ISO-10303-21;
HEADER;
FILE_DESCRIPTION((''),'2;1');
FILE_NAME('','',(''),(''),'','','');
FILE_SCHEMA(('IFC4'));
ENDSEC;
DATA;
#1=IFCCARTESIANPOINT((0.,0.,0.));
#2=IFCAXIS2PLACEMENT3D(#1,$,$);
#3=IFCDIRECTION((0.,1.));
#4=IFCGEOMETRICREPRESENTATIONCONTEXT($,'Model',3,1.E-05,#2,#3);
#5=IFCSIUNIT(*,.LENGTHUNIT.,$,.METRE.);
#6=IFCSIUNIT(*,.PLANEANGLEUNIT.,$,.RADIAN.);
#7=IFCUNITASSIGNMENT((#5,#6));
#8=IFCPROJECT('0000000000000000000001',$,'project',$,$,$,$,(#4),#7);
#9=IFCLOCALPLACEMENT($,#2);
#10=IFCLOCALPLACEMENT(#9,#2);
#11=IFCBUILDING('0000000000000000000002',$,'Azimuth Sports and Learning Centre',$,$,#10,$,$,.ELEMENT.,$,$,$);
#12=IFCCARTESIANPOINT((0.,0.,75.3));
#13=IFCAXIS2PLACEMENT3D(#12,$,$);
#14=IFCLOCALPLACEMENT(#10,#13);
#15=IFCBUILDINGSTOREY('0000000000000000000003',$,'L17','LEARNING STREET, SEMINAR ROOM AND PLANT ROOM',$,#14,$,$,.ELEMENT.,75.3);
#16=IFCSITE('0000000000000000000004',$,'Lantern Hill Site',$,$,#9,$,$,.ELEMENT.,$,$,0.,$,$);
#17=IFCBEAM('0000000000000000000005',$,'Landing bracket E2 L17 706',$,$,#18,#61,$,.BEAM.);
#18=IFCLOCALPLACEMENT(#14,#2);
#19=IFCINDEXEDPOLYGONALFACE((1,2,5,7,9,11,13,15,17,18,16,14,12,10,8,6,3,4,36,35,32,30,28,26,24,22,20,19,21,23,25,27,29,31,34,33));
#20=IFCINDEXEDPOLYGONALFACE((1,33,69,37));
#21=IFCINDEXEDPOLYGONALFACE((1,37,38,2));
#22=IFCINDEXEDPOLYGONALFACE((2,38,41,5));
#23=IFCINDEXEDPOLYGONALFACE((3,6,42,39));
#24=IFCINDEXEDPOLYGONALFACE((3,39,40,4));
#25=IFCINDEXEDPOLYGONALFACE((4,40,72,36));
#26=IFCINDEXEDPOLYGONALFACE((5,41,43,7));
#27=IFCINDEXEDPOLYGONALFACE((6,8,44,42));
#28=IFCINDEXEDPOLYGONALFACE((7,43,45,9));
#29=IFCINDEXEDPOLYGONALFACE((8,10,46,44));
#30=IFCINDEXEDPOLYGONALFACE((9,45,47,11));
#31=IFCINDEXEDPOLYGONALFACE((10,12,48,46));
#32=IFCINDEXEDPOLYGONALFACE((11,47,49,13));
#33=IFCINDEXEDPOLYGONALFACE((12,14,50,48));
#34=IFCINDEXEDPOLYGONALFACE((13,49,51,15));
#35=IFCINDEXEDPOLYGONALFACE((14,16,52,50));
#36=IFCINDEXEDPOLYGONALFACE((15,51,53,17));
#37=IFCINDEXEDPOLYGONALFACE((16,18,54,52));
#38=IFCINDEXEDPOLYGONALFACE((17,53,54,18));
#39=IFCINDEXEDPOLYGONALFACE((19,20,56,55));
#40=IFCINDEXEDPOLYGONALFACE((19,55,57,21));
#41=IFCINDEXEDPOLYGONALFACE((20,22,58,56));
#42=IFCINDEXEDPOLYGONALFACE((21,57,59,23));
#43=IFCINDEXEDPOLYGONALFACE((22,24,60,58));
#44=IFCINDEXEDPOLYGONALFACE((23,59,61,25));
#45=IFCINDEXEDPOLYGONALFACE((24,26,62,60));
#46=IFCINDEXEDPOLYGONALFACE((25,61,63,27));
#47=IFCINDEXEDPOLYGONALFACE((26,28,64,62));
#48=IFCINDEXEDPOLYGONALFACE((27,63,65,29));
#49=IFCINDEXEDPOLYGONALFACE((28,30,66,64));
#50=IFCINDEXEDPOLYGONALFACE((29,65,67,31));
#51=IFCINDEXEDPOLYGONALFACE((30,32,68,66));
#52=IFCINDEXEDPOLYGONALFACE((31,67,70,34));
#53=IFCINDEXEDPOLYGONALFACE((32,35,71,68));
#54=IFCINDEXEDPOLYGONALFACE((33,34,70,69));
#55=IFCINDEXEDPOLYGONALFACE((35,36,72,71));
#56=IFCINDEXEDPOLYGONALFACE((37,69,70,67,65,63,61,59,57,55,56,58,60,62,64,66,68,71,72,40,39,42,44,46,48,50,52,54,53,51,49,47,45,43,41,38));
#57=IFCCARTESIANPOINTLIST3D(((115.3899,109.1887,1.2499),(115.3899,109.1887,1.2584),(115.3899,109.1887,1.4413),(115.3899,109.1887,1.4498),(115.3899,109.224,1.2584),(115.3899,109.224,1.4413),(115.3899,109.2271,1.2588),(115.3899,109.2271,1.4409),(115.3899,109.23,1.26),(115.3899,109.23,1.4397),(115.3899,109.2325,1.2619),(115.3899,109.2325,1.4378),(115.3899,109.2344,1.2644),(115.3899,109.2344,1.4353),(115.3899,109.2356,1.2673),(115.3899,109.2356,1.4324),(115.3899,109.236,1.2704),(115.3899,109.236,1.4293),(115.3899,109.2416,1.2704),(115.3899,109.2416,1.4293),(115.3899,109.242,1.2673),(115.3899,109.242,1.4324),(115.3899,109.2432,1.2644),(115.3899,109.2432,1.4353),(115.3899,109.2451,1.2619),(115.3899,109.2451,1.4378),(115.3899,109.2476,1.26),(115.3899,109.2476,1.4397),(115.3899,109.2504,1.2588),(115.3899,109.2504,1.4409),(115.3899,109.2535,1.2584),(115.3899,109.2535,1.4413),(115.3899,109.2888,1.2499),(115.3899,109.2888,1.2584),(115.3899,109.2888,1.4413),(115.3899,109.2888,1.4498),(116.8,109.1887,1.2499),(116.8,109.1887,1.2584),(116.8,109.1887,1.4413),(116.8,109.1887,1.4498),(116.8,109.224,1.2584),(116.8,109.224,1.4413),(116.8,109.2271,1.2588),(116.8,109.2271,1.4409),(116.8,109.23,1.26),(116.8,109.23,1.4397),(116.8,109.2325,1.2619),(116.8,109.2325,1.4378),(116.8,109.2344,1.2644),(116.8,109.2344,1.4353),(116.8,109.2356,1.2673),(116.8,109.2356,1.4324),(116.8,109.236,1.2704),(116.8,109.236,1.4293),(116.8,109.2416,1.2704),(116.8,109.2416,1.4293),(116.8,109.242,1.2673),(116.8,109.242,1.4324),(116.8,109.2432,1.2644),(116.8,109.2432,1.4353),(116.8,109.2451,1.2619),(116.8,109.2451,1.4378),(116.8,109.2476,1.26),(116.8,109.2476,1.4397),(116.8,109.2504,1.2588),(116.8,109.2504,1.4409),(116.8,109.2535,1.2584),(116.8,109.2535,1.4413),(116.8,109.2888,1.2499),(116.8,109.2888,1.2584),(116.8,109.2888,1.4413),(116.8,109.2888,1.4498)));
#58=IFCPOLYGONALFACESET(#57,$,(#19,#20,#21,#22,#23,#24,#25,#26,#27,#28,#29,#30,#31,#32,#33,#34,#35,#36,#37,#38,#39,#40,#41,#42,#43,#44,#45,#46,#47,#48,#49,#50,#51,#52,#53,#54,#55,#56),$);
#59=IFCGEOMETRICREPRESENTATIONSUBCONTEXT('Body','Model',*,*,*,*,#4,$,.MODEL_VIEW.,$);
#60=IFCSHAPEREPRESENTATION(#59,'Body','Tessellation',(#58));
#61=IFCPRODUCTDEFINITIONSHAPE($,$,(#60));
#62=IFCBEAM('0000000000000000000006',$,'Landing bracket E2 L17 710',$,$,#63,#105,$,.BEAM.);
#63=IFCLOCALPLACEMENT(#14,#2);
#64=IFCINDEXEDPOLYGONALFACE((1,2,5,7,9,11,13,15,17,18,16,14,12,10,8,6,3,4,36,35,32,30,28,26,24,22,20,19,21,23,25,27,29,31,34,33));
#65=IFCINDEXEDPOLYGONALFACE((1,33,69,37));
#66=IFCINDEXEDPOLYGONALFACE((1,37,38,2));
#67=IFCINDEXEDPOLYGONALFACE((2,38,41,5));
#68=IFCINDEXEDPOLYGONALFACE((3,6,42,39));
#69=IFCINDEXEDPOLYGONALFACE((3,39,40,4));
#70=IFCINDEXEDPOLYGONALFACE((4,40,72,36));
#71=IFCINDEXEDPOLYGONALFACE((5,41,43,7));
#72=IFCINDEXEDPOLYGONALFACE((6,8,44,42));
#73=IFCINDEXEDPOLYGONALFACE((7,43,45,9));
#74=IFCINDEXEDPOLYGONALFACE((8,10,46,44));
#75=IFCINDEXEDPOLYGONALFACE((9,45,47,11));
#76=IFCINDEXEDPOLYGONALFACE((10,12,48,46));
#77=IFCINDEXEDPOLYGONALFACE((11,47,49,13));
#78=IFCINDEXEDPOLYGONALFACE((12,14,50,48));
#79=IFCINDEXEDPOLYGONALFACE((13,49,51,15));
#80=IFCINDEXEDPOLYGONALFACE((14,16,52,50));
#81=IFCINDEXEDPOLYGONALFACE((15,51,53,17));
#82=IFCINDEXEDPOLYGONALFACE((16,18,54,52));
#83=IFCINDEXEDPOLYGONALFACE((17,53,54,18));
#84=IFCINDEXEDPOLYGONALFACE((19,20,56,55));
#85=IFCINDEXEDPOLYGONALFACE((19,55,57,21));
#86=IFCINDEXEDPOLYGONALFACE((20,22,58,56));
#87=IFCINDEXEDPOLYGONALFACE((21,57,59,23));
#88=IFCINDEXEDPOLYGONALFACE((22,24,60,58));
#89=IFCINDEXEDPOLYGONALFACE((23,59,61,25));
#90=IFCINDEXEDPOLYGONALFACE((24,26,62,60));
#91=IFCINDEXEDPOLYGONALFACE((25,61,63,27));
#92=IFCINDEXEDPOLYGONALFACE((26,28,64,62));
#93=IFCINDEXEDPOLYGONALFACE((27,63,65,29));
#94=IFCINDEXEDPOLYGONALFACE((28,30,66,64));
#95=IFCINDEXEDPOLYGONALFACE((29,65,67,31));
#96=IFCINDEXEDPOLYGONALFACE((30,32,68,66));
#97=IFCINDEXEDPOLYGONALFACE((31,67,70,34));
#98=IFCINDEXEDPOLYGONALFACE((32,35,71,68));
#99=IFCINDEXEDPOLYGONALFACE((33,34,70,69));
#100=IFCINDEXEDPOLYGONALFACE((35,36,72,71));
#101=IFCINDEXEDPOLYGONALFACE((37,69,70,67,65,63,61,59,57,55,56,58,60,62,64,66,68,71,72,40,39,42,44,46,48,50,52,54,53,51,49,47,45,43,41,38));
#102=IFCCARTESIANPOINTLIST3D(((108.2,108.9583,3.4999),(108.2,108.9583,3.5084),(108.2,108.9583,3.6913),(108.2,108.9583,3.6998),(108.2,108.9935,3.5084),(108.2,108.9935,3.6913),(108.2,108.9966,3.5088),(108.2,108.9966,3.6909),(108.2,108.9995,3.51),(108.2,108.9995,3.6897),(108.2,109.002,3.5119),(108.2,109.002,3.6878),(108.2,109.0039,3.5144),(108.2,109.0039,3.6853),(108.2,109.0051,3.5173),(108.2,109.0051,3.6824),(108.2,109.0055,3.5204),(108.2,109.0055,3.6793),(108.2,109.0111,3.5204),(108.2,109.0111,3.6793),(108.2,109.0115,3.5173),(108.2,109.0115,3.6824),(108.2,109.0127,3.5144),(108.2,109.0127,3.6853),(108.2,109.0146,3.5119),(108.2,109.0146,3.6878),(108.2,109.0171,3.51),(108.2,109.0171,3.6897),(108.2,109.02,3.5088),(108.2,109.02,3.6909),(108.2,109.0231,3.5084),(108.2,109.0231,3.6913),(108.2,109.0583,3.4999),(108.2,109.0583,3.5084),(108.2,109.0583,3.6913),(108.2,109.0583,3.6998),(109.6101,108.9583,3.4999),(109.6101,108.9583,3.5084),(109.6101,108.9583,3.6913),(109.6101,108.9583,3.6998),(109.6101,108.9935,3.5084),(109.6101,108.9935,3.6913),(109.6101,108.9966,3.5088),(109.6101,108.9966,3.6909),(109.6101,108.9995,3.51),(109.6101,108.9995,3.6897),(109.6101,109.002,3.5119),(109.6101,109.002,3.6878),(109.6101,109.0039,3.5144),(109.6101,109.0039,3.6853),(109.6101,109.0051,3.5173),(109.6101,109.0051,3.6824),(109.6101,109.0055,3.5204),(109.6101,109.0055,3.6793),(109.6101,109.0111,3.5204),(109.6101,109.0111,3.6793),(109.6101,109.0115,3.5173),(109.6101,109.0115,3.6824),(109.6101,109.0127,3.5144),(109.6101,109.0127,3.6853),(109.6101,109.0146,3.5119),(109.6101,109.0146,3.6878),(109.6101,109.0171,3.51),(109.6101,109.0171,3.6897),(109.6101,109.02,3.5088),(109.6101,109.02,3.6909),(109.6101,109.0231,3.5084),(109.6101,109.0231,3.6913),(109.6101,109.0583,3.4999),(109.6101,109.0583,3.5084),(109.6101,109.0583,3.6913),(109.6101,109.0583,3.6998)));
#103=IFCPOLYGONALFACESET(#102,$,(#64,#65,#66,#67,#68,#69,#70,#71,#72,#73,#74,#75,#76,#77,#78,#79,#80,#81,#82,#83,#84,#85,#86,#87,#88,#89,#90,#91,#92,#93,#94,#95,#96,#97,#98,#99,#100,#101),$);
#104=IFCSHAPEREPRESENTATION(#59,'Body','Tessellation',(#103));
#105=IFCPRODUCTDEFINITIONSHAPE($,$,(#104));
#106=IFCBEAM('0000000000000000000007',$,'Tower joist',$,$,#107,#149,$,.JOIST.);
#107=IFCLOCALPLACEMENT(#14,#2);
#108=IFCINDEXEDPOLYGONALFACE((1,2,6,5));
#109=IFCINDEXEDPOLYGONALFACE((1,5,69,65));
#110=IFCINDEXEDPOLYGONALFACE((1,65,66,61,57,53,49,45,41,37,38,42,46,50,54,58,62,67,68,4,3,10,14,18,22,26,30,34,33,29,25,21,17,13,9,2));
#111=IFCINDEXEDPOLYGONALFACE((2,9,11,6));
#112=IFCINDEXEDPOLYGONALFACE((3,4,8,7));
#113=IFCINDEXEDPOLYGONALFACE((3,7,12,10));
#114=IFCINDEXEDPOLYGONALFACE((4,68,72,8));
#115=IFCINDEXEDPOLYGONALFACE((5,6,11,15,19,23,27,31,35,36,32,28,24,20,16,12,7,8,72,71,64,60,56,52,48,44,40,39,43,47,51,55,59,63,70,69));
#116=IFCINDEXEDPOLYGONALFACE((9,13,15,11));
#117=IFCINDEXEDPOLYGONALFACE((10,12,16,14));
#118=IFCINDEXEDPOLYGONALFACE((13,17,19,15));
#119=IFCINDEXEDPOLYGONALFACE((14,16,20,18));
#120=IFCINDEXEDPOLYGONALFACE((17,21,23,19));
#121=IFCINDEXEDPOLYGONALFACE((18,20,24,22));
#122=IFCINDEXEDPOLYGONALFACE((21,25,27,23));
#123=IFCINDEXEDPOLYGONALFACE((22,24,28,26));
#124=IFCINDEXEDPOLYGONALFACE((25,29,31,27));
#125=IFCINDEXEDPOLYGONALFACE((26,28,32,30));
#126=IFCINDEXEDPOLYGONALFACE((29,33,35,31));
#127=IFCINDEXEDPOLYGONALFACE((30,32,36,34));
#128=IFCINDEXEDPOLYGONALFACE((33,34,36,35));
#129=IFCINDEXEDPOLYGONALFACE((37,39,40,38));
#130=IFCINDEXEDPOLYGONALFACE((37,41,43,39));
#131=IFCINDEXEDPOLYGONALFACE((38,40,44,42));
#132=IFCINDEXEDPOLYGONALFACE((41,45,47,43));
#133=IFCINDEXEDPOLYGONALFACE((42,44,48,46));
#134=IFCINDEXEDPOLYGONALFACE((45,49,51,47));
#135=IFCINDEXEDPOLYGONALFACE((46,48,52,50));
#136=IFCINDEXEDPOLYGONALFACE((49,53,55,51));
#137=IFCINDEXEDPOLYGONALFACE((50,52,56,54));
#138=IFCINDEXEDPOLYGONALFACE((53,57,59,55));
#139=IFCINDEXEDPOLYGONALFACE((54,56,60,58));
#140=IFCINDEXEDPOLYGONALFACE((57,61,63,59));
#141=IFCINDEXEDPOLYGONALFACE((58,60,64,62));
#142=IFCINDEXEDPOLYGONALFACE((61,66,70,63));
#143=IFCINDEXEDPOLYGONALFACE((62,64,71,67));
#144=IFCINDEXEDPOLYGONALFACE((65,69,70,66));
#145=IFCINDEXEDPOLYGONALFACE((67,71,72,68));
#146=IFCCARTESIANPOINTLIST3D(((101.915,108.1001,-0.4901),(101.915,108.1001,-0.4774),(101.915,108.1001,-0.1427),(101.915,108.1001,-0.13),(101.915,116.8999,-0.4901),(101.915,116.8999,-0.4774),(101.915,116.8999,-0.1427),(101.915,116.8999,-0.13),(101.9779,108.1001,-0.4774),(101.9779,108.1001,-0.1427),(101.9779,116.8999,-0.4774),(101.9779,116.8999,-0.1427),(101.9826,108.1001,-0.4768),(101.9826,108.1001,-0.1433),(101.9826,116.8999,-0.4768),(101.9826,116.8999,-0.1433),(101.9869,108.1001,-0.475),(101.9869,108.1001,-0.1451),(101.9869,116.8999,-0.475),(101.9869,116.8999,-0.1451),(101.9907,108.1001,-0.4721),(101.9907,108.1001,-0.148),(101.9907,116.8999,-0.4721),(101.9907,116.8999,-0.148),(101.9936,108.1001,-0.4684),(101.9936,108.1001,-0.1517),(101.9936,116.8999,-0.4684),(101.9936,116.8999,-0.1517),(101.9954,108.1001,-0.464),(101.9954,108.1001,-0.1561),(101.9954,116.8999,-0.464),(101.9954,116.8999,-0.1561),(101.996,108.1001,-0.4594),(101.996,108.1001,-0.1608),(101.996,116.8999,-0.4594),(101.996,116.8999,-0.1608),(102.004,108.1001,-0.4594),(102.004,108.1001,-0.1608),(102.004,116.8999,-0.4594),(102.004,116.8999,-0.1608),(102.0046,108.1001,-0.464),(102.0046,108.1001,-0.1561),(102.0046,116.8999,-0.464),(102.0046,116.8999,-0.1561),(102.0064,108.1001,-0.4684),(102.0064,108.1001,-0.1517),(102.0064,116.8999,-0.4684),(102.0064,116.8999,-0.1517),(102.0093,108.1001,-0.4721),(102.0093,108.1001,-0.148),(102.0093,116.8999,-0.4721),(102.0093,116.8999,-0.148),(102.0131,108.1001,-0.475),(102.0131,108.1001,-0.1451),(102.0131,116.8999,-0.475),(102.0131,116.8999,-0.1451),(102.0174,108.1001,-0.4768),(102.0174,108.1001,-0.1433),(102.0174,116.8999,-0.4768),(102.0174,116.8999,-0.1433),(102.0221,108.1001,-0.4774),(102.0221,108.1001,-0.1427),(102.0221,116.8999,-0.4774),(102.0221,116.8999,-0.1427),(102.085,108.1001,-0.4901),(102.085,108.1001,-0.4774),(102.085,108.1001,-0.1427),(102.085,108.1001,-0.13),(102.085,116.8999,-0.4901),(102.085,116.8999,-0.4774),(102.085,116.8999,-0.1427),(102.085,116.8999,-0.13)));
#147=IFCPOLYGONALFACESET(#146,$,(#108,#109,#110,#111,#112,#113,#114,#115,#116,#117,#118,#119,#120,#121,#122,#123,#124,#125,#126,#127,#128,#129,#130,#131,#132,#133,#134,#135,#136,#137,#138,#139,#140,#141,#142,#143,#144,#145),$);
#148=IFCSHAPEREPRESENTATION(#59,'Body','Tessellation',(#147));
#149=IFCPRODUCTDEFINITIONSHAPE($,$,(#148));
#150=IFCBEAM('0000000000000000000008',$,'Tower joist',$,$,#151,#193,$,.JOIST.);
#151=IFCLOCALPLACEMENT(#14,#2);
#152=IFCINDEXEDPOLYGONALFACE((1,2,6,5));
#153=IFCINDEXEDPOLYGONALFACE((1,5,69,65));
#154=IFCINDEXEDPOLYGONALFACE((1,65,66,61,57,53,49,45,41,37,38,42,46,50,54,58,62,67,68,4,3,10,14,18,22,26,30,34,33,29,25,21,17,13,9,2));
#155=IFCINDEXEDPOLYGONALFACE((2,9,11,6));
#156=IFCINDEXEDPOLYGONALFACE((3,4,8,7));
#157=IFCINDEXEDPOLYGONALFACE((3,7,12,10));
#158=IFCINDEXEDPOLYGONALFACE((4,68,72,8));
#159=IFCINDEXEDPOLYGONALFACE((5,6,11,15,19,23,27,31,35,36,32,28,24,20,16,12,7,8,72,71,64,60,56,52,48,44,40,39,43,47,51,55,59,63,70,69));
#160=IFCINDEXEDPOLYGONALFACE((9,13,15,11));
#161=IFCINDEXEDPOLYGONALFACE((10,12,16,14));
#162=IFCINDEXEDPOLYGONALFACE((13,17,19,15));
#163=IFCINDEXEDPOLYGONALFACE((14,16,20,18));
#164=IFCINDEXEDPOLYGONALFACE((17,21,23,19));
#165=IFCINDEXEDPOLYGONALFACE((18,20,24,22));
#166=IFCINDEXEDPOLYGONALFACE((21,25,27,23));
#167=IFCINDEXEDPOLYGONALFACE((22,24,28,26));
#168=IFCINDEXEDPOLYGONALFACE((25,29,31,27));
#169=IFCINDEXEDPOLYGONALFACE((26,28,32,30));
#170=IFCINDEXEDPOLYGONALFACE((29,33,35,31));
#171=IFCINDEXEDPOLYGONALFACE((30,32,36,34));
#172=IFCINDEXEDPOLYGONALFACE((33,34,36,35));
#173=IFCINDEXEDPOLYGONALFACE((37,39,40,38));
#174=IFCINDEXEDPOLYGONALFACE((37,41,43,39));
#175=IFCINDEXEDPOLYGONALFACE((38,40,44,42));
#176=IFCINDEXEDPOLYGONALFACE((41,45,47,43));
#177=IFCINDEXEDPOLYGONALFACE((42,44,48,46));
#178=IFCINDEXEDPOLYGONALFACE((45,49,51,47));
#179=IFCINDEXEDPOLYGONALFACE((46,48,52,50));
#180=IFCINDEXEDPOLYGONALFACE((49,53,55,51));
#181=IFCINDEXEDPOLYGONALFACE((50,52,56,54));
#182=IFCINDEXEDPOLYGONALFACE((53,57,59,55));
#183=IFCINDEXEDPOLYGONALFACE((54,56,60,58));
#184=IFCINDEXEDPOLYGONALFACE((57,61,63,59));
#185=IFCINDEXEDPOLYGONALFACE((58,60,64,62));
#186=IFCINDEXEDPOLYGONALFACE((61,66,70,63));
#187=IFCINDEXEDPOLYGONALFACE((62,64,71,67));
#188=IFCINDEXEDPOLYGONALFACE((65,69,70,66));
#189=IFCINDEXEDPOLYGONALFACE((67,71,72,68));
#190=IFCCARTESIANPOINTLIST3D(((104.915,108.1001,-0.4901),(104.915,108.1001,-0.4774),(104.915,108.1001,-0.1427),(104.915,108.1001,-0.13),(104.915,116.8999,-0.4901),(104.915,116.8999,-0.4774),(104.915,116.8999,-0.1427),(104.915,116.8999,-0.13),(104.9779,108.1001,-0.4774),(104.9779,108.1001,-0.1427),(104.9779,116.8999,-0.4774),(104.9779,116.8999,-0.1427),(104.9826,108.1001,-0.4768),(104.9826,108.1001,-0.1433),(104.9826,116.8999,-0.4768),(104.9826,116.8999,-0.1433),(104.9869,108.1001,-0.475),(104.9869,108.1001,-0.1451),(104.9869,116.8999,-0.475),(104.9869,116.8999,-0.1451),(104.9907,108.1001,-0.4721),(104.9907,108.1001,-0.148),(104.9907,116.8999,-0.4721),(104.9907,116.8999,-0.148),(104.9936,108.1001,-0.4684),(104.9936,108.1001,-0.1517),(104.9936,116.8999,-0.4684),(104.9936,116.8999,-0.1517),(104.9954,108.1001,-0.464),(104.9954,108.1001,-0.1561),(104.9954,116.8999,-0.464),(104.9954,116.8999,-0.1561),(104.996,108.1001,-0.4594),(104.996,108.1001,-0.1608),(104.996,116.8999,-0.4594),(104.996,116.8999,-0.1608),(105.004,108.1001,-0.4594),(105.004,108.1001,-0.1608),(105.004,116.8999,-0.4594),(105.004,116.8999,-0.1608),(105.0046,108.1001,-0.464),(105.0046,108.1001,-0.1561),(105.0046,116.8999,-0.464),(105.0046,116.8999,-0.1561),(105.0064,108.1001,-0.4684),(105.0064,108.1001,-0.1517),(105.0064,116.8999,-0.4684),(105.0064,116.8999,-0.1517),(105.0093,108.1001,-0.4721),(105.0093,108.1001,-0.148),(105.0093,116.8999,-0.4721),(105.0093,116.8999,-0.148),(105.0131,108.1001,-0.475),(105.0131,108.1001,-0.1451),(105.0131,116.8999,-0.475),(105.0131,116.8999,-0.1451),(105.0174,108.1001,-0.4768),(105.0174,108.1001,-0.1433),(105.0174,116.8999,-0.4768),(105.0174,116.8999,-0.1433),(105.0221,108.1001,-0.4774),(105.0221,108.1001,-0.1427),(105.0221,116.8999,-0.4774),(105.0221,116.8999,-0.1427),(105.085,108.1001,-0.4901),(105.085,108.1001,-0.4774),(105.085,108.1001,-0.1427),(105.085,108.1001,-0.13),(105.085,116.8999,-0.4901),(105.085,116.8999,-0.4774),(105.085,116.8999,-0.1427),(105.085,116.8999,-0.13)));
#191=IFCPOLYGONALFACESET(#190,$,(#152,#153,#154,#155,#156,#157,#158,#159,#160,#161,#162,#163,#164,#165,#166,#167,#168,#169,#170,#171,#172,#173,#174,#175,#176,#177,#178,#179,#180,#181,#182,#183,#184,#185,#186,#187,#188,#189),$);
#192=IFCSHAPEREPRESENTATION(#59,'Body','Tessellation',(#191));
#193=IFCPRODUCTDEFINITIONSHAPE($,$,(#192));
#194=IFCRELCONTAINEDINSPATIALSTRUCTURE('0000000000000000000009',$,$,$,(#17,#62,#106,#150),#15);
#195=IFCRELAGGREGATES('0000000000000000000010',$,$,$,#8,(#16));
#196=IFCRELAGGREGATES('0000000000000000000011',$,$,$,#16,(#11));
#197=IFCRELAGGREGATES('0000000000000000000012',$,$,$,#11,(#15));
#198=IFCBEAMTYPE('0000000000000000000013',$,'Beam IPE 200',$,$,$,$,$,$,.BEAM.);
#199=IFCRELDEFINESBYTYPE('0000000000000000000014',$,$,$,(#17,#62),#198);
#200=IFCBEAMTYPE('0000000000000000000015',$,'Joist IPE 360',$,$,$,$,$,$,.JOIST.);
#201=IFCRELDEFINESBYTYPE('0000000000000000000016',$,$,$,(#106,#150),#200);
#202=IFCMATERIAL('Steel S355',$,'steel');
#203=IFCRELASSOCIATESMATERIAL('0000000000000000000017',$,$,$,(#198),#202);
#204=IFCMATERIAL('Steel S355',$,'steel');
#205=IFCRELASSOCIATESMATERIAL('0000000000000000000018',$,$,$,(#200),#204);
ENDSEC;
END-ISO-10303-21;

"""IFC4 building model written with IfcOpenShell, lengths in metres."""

from ifc_helpers import new_model, si_unit, direction, frame, origin, origin_2d, place, context, subcontext, project, spatial, i_section, extrude, material, material_profile, profile_set, type_object, element, save


model = new_model("IFC4")

# Units and contexts
model_context = context("Model", 3, precision=1e-05, world=origin(), true_north=direction((0.0, 1.0)))
body_context = subcontext(model_context, "Body", "Model", "MODEL_VIEW")
ifc_project = project(units=[si_unit("LENGTHUNIT", "METRE"), si_unit("PLANEANGLEUNIT", "RADIAN")], contexts=[model_context])

# Site, building, storey
site_placement = place(None, origin())
site = spatial("IfcSite", under=ifc_project, at=site_placement, Name="Lantern Hill Site", CompositionType="ELEMENT", RefElevation=0.0)
building_placement = place(site_placement, origin())
building = spatial("IfcBuilding", under=site, at=building_placement, Name="Azimuth Sports and Learning Centre", CompositionType="ELEMENT")
storey_placement = place(building_placement, frame((0.0, 0.0, 75.3)))
storey = spatial("IfcBuildingStorey", under=building, at=storey_placement, Name="L17", Description="LEARNING STREET, SEMINAR ROOM AND PLANT ROOM", CompositionType="ELEMENT", Elevation=75.3)

# Beams
ifc_material_1 = material(Name="Steel S355", Category="steel")
ifc_material_profile_1 = material_profile(ifc_material_1, i_section(OverallWidth=0.1001, OverallDepth=0.2, WebThickness=0.0056, FlangeThickness=0.0085, FilletRadius=0.012, at=origin_2d()), Name="IPE 200")
ifc_profile_set_1 = profile_set([ifc_material_profile_1], Name="Steel S355")
beam_type_1 = type_object("IfcBeamType", Name="Beam IPE 200", PredefinedType="BEAM", material=ifc_profile_set_1)
for number, where, z_axis, x_axis, name in (
    (1, (116.8, 109.2388, 1.3499), (-1.0, 0.0, 0.0), (0.0, -1.0, 0.0), "Landing bracket E2 L17 706"),
    (2, (108.2, 109.0083, 3.5999), (1.0, 0.0, 0.0), (0.0, 1.0, 0.0), "Landing bracket E2 L17 710"),
):
    element("IfcBeam", number, at=place(storey_placement, frame(where, z_axis=z_axis, x_axis=x_axis)), inside=storey, type_object=beam_type_1, Name=name, PredefinedType="BEAM", context=body_context, shape_type="SweptSolid", body=[
        extrude(i_section(OverallWidth=0.1001, OverallDepth=0.2, WebThickness=0.0056, FlangeThickness=0.0085, FilletRadius=0.012, at=origin_2d()), origin(), (0.0, 0.0, 1.0), 1.4102),
    ])
ifc_material_2 = material(Name="Steel S355", Category="steel")
ifc_material_profile_2 = material_profile(ifc_material_2, i_section(OverallWidth=0.1699, OverallDepth=0.3601, WebThickness=0.0081, FlangeThickness=0.0127, FilletRadius=0.0181, at=origin_2d()), Name="IPE 360")
ifc_profile_set_2 = profile_set([ifc_material_profile_2], Name="Steel S355")
beam_type_2 = type_object("IfcBeamType", Name="Joist IPE 360", PredefinedType="JOIST", material=ifc_profile_set_2)
for number, where, z_axis, x_axis, name in (
    (3, (102.0, 108.1001, -0.3101), (0.0, 1.0, 0.0), (-1.0, 0.0, 0.0), "Tower joist"),
    (4, (105.0, 108.1001, -0.3101), (0.0, 1.0, 0.0), (-1.0, 0.0, 0.0), "Tower joist"),
):
    element("IfcBeam", number, at=place(storey_placement, frame(where, z_axis=z_axis, x_axis=x_axis)), inside=storey, type_object=beam_type_2, Name=name, PredefinedType="JOIST", context=body_context, shape_type="SweptSolid", body=[
        extrude(i_section(OverallWidth=0.1699, OverallDepth=0.3601, WebThickness=0.0081, FlangeThickness=0.0127, FilletRadius=0.0181, at=origin_2d()), origin(), (0.0, 0.0, 1.0), 8.7998),
    ])

save(model, "model.ifc")
